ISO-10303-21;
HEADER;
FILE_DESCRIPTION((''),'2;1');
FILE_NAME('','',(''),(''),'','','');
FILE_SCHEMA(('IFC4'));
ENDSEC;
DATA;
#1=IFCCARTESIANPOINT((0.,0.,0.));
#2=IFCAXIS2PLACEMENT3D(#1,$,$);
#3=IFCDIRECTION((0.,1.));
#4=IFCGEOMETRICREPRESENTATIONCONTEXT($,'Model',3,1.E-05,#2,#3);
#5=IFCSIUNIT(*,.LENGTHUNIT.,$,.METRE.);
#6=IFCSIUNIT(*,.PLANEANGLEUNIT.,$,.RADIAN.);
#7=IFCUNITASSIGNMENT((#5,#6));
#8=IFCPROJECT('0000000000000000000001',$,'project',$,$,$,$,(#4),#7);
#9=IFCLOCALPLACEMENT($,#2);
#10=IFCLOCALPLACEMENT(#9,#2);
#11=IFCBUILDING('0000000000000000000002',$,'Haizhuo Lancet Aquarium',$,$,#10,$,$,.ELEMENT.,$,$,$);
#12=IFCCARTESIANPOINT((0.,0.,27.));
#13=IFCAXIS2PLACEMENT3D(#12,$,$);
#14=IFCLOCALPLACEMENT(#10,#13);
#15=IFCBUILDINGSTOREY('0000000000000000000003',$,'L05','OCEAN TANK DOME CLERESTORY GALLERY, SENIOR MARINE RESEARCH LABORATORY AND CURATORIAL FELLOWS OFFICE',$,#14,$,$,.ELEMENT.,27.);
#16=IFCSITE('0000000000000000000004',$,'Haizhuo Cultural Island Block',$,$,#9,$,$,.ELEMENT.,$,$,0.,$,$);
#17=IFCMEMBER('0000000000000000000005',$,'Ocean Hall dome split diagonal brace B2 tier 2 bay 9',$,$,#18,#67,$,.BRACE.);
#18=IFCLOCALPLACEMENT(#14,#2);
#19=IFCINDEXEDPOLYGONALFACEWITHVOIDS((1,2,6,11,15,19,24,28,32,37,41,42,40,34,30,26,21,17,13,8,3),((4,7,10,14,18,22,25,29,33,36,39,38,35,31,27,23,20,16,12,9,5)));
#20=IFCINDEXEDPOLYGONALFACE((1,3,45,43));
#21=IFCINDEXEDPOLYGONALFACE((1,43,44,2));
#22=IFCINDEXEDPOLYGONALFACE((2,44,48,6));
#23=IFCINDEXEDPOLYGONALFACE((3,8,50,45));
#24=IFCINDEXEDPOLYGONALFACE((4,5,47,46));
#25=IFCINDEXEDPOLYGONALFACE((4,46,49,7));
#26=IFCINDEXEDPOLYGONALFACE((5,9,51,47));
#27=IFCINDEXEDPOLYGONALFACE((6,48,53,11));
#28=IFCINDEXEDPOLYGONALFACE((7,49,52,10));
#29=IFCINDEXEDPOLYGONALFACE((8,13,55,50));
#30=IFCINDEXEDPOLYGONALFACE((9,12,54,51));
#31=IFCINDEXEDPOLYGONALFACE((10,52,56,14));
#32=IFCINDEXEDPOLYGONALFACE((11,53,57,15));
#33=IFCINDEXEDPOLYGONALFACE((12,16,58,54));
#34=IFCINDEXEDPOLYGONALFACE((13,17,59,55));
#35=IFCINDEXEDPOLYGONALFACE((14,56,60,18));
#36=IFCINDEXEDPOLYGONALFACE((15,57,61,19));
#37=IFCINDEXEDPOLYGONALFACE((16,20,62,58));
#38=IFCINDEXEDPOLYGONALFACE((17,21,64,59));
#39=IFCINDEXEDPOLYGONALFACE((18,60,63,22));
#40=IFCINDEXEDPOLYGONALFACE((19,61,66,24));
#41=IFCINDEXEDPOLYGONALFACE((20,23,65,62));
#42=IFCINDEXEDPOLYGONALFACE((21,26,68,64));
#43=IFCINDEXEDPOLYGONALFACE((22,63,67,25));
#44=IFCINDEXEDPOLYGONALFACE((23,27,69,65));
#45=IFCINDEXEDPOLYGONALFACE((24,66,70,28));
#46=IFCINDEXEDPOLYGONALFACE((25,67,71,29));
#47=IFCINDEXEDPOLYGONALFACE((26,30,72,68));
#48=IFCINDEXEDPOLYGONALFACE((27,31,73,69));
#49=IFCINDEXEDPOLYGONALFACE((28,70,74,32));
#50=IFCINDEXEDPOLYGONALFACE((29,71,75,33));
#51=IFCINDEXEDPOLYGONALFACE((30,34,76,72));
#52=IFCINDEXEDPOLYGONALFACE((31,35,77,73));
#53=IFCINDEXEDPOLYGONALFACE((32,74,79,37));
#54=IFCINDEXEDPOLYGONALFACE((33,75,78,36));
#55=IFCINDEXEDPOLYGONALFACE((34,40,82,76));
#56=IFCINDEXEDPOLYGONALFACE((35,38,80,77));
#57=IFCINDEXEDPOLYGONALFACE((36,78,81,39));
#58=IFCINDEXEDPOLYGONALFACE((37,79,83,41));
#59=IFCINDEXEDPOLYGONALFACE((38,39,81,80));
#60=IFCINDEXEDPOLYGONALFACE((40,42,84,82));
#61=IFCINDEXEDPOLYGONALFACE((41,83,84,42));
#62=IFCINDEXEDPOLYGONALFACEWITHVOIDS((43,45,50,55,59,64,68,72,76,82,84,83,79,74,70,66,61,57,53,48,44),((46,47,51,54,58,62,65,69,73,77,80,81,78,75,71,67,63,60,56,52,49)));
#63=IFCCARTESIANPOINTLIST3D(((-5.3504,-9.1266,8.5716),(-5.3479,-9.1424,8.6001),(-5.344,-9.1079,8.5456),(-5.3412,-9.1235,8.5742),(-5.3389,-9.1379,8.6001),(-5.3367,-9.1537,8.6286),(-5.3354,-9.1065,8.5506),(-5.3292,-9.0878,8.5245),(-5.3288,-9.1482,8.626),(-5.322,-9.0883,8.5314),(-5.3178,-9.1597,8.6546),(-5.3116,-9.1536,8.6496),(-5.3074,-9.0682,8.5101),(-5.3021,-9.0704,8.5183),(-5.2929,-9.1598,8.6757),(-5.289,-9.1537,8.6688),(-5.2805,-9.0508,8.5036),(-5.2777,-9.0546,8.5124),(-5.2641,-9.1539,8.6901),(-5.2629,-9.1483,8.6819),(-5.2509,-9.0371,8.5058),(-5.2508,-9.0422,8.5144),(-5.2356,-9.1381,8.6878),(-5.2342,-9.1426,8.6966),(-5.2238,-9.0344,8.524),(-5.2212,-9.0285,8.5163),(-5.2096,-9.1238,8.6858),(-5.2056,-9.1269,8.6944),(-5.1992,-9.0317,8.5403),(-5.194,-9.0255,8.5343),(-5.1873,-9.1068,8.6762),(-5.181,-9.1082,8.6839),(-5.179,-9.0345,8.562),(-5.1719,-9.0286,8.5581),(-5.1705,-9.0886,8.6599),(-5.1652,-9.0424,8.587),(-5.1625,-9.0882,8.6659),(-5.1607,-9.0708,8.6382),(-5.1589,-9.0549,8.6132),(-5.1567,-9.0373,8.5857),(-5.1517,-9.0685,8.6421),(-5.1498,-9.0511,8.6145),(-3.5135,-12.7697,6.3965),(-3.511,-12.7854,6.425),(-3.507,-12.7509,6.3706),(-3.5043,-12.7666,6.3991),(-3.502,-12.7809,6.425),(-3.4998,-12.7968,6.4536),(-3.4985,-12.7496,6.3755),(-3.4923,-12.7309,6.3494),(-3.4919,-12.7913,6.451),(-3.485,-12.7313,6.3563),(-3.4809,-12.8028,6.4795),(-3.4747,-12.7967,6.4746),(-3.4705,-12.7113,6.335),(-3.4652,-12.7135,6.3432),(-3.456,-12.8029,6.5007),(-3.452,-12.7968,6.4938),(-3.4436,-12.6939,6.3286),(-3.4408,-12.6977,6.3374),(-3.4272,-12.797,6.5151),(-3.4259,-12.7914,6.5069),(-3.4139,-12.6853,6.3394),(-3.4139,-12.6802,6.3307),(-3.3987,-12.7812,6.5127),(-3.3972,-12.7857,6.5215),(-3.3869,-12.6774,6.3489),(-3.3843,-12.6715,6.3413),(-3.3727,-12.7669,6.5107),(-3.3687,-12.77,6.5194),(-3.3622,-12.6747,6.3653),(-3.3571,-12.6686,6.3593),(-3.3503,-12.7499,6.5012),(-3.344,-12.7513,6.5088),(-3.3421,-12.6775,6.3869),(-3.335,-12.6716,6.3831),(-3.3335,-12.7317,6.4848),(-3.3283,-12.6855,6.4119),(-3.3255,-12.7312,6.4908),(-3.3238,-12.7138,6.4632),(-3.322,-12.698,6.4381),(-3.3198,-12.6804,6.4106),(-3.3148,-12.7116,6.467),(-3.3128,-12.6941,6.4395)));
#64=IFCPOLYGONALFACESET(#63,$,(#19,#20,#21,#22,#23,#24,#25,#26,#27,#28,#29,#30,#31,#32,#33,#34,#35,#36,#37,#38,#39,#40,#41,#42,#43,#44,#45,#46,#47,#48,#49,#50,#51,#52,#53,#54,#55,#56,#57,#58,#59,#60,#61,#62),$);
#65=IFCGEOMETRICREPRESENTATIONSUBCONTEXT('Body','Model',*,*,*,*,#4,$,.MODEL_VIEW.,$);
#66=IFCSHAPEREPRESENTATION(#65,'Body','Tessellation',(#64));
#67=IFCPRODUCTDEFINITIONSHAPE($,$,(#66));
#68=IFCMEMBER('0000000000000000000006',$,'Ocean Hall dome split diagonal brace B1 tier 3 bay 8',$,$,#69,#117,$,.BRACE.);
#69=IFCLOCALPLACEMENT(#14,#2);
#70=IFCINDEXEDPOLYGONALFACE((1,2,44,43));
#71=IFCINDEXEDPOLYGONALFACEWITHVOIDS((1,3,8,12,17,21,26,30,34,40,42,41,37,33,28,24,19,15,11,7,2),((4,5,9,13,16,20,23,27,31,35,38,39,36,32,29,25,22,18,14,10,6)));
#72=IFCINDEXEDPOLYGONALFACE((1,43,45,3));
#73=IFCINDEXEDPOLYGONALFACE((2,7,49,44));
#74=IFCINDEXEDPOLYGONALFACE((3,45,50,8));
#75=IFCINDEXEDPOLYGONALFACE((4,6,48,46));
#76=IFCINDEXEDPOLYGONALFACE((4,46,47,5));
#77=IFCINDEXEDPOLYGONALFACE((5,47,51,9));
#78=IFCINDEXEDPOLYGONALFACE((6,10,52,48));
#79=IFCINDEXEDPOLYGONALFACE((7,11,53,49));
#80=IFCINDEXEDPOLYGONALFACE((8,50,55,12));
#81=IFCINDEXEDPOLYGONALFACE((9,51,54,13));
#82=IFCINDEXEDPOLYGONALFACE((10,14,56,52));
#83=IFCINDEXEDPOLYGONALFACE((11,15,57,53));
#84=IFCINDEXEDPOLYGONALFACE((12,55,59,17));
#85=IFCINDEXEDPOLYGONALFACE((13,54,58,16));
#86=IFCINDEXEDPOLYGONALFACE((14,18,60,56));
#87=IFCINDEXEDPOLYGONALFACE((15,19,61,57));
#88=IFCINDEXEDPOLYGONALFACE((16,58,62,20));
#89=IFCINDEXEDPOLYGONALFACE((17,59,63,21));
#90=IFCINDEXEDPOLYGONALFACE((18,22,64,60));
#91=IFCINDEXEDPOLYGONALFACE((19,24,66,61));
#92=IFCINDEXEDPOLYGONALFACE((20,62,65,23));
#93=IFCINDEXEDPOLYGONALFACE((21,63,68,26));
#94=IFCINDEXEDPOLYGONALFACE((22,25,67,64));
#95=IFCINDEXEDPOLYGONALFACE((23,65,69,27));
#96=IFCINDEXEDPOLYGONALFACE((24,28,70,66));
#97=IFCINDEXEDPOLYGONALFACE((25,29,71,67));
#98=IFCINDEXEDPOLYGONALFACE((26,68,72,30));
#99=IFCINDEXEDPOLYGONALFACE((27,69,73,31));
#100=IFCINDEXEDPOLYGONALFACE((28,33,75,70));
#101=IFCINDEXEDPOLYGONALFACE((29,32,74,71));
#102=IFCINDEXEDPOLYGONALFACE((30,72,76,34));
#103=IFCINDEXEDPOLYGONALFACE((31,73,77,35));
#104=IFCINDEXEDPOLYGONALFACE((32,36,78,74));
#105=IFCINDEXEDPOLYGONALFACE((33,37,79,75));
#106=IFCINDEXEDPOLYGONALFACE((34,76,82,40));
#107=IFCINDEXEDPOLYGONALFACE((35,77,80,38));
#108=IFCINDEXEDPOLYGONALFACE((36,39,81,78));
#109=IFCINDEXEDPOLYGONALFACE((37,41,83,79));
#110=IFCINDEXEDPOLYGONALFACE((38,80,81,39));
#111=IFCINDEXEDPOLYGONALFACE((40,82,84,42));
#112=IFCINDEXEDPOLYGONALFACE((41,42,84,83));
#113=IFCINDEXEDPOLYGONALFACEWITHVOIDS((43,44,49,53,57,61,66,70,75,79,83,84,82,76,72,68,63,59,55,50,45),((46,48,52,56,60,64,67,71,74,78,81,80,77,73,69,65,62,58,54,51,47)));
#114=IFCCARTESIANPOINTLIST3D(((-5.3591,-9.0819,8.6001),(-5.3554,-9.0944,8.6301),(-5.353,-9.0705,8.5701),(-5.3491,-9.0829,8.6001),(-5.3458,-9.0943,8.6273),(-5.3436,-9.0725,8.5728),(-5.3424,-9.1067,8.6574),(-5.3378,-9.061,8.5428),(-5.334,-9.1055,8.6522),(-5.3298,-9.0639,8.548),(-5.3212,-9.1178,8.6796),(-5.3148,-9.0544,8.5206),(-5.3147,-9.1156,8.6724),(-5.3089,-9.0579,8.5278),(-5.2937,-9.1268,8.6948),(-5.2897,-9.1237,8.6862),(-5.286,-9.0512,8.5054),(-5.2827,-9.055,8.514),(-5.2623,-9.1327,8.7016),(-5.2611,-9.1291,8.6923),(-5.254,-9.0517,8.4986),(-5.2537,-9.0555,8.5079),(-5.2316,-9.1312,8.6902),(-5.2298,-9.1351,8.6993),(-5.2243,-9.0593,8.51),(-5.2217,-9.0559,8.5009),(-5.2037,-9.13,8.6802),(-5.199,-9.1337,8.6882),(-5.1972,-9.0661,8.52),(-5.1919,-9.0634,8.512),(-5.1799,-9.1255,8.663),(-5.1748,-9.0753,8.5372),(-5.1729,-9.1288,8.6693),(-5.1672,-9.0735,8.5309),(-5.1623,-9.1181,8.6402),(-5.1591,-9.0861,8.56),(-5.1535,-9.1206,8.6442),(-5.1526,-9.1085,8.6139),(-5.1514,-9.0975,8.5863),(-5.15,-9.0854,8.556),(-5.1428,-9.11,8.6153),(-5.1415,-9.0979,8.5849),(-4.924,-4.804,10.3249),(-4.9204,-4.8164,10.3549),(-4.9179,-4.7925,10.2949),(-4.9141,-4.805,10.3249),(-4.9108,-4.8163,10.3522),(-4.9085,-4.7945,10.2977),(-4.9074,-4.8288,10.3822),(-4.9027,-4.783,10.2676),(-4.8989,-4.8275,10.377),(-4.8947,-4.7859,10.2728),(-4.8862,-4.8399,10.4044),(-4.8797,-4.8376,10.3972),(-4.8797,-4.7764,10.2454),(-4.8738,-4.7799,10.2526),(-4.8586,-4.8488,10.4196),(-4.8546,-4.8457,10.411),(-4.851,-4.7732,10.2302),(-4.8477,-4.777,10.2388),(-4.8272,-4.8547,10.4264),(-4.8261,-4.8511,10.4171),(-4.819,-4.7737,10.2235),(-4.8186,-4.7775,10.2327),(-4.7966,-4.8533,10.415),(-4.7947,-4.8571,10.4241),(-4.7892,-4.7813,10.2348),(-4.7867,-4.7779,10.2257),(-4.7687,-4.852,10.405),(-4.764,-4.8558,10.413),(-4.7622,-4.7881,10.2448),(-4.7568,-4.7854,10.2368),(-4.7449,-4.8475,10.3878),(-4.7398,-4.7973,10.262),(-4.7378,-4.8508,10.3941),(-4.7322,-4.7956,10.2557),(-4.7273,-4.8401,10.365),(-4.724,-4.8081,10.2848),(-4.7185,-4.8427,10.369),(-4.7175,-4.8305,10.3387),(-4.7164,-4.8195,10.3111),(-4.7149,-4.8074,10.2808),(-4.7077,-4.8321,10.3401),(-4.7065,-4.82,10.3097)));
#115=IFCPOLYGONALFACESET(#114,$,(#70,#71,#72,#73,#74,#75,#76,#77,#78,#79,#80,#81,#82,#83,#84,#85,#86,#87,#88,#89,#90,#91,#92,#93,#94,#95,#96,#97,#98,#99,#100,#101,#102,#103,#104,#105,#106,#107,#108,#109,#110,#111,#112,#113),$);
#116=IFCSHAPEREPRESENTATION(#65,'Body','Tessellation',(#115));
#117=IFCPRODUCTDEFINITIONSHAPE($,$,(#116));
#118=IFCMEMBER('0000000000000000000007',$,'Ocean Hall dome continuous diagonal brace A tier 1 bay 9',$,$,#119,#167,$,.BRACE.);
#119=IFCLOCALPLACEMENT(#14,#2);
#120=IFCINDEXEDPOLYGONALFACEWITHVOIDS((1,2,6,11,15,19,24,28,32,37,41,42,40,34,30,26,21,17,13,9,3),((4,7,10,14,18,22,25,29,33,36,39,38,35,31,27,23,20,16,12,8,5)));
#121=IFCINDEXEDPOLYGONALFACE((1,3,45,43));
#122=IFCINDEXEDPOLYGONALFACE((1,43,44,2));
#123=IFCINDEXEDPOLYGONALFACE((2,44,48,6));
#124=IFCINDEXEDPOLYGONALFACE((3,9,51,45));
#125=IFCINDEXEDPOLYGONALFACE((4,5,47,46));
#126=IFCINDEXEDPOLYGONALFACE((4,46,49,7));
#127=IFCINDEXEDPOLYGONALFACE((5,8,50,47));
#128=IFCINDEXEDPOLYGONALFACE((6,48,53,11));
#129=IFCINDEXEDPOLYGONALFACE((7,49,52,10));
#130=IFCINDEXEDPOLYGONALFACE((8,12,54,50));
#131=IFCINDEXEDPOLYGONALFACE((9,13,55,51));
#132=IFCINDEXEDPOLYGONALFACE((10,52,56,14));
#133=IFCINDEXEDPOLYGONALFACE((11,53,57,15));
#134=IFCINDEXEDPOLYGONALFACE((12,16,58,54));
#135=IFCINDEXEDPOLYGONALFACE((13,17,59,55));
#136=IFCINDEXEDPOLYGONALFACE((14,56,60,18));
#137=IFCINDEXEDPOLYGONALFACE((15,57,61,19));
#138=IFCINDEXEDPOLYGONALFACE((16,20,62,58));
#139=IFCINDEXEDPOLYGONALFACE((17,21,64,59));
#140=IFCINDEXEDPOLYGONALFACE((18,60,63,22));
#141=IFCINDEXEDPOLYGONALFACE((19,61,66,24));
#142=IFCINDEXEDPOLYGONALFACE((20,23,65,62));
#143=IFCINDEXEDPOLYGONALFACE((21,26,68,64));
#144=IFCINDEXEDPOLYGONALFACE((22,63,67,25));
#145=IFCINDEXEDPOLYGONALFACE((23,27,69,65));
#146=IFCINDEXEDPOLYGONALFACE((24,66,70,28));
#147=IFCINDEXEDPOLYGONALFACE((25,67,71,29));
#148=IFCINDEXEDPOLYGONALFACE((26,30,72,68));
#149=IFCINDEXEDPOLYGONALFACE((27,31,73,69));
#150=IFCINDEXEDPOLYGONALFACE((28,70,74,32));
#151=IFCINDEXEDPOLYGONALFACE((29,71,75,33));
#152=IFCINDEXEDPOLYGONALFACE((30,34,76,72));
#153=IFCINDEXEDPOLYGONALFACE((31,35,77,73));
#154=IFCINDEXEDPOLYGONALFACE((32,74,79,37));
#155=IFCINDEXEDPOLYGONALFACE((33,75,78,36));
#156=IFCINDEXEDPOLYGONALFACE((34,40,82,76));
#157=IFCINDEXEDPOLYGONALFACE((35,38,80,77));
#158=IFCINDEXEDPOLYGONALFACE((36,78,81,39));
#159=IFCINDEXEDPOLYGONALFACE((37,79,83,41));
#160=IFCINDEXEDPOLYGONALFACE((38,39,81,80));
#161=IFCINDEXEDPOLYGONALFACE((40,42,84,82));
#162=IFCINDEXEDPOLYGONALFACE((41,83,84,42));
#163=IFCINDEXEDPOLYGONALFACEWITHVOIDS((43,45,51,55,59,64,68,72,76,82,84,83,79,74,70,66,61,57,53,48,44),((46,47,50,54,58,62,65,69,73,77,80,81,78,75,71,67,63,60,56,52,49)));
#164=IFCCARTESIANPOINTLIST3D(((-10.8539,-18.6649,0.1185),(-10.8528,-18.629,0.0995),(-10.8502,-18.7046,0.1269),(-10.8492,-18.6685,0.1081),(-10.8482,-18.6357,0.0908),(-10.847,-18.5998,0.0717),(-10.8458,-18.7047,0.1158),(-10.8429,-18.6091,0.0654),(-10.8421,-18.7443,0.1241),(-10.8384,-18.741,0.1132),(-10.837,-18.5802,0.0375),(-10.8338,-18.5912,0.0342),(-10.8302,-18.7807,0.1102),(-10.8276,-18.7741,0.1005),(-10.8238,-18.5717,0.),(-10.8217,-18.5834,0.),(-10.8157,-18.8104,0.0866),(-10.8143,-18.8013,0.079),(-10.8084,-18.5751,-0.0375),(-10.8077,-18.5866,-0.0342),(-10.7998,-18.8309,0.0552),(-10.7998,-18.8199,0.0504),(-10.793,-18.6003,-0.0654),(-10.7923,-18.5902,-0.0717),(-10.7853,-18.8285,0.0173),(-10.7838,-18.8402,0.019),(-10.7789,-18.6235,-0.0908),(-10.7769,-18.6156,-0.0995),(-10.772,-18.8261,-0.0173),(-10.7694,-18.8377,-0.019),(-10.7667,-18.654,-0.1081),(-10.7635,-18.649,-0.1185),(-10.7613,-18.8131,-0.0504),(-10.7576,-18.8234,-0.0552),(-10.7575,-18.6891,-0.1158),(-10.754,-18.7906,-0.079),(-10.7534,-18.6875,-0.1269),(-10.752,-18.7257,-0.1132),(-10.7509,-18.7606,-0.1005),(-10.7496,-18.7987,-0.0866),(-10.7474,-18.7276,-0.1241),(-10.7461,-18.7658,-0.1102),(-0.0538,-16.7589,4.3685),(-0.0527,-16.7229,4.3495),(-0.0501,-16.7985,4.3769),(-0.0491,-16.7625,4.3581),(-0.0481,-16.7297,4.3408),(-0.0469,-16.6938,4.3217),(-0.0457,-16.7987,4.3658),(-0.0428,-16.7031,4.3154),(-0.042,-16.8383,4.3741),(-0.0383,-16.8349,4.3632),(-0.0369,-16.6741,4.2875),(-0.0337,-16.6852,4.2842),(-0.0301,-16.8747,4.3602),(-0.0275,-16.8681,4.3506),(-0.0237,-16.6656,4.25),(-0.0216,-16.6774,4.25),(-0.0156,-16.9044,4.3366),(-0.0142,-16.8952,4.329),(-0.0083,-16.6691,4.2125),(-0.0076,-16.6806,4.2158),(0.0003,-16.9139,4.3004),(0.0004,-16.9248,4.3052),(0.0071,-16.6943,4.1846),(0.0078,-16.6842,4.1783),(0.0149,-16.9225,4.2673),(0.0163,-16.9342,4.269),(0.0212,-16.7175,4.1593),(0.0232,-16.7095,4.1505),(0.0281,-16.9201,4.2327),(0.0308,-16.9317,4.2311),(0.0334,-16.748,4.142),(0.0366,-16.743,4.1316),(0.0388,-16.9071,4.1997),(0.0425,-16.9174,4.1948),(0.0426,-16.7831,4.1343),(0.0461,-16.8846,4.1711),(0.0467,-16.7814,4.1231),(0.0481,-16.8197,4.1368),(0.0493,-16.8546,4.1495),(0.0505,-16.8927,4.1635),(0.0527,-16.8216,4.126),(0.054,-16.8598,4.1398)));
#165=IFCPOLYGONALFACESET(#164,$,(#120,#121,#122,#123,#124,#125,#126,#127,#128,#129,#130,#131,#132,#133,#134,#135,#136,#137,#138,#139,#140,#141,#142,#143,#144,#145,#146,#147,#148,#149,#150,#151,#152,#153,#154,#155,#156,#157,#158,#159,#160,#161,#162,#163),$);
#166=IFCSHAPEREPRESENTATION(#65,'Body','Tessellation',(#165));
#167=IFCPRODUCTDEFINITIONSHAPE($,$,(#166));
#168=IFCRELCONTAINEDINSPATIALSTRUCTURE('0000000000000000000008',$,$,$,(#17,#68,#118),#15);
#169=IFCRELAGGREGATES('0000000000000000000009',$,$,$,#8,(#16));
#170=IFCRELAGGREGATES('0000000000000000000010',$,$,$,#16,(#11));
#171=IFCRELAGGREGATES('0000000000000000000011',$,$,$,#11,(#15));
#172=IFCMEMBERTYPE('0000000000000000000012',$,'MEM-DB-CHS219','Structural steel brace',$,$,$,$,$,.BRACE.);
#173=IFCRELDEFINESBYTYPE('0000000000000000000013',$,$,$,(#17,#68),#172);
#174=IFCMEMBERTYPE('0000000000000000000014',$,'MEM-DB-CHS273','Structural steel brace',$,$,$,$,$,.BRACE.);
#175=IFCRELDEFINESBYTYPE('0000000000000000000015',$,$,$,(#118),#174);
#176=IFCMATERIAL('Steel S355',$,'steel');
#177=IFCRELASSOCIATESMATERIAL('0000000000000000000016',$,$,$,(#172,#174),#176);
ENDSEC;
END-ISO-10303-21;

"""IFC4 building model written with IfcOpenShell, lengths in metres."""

from ifc_helpers import new_model, si_unit, direction, frame, origin, origin_2d, place, context, subcontext, project, spatial, hollow_circle, extrude, material, material_profile, profile_set, type_object, element, save


model = new_model("IFC4")

# Units and contexts
model_context = context("Model", 3, precision=1e-05, world=origin(), true_north=direction((0.0, 1.0)))
body_context = subcontext(model_context, "Body", "Model", "MODEL_VIEW")
ifc_project = project(units=[si_unit("LENGTHUNIT", "METRE"), si_unit("PLANEANGLEUNIT", "RADIAN")], contexts=[model_context])

# Site, building, storey
site_placement = place(None, origin())
site = spatial("IfcSite", under=ifc_project, at=site_placement, Name="Haizhuo Cultural Island Block", CompositionType="ELEMENT", RefElevation=0.0)
building_placement = place(site_placement, origin())
building = spatial("IfcBuilding", under=site, at=building_placement, Name="Haizhuo Lancet Aquarium", CompositionType="ELEMENT")
storey_placement = place(building_placement, frame((0.0, 0.0, 27.0)))
storey = spatial("IfcBuildingStorey", under=building, at=storey_placement, Name="L05", Description="OCEAN TANK DOME CLERESTORY GALLERY, SENIOR MARINE RESEARCH LABORATORY AND CURATORIAL FELLOWS OFFICE", CompositionType="ELEMENT", Elevation=27.0)

# Members
ifc_material_1 = material(Name="Steel S355", Category="steel")
ifc_material_profile_1 = material_profile(ifc_material_1, hollow_circle(Radius=0.1096, WallThickness=0.01, at=origin_2d()), Name="CHS 219x10")
ifc_profile_set_1 = profile_set([ifc_material_profile_1], Name="Steel S355")
member_type_1 = type_object("IfcMemberType", Name="MEM-DB-CHS219", Description="Structural steel brace", PredefinedType="BRACE", material=ifc_profile_set_1)
member_1_placement = place(storey_placement, frame((-3.4131, -12.7361, 6.425), z_axis=(-0.397297, 0.787941, 0.47043), x_axis=(-0.892914, -0.450227, 0.0)))
element("IfcMember", 1, at=member_1_placement, inside=storey, type_object=member_type_1, Name="Ocean Hall dome split diagonal brace B2 tier 2 bay 9", PredefinedType="BRACE", context=body_context, shape_type="SweptSolid", body=[
    extrude(hollow_circle(Radius=0.1096, WallThickness=0.01, at=origin_2d()), origin(), (0.0, 0.0, 1.0), 4.6235),
])
member_2_placement = place(storey_placement, frame((-5.25, -9.093, 8.6001), z_axis=(0.093901, 0.923357, 0.372283), x_axis=(-0.994869, 0.101173, 0.0)))
element("IfcMember", 2, at=member_2_placement, inside=storey, type_object=member_type_1, Name="Ocean Hall dome split diagonal brace B1 tier 3 bay 8", PredefinedType="BRACE", context=body_context, shape_type="SweptSolid", body=[
    extrude(hollow_circle(Radius=0.1096, WallThickness=0.01, at=origin_2d()), origin(), (0.0, 0.0, 1.0), 4.6331),
])
ifc_material_profile_2 = material_profile(ifc_material_1, hollow_circle(Radius=0.1365, WallThickness=0.012, at=origin_2d()), Name="CHS 273x12")
ifc_profile_set_2 = profile_set([ifc_material_profile_2], Name="Steel S355")
member_type_2 = type_object("IfcMemberType", Name="MEM-DB-CHS273", Description="Structural steel brace", PredefinedType="BRACE", material=ifc_profile_set_2)
member_3_placement = place(storey_placement, frame((-10.8, -18.7061, 0.0), z_axis=(0.918243, 0.162053, 0.361344), x_axis=(-0.173795, 0.984782, 0.0)))
element("IfcMember", 3, at=member_3_placement, inside=storey, type_object=member_type_2, Name="Ocean Hall dome continuous diagonal brace A tier 1 bay 9", PredefinedType="BRACE", context=body_context, shape_type="SweptSolid", body=[
    extrude(hollow_circle(Radius=0.1365, WallThickness=0.012, at=origin_2d()), origin(), (0.0, 0.0, 1.0), 11.7617),
])

save(model, "model.ifc")
